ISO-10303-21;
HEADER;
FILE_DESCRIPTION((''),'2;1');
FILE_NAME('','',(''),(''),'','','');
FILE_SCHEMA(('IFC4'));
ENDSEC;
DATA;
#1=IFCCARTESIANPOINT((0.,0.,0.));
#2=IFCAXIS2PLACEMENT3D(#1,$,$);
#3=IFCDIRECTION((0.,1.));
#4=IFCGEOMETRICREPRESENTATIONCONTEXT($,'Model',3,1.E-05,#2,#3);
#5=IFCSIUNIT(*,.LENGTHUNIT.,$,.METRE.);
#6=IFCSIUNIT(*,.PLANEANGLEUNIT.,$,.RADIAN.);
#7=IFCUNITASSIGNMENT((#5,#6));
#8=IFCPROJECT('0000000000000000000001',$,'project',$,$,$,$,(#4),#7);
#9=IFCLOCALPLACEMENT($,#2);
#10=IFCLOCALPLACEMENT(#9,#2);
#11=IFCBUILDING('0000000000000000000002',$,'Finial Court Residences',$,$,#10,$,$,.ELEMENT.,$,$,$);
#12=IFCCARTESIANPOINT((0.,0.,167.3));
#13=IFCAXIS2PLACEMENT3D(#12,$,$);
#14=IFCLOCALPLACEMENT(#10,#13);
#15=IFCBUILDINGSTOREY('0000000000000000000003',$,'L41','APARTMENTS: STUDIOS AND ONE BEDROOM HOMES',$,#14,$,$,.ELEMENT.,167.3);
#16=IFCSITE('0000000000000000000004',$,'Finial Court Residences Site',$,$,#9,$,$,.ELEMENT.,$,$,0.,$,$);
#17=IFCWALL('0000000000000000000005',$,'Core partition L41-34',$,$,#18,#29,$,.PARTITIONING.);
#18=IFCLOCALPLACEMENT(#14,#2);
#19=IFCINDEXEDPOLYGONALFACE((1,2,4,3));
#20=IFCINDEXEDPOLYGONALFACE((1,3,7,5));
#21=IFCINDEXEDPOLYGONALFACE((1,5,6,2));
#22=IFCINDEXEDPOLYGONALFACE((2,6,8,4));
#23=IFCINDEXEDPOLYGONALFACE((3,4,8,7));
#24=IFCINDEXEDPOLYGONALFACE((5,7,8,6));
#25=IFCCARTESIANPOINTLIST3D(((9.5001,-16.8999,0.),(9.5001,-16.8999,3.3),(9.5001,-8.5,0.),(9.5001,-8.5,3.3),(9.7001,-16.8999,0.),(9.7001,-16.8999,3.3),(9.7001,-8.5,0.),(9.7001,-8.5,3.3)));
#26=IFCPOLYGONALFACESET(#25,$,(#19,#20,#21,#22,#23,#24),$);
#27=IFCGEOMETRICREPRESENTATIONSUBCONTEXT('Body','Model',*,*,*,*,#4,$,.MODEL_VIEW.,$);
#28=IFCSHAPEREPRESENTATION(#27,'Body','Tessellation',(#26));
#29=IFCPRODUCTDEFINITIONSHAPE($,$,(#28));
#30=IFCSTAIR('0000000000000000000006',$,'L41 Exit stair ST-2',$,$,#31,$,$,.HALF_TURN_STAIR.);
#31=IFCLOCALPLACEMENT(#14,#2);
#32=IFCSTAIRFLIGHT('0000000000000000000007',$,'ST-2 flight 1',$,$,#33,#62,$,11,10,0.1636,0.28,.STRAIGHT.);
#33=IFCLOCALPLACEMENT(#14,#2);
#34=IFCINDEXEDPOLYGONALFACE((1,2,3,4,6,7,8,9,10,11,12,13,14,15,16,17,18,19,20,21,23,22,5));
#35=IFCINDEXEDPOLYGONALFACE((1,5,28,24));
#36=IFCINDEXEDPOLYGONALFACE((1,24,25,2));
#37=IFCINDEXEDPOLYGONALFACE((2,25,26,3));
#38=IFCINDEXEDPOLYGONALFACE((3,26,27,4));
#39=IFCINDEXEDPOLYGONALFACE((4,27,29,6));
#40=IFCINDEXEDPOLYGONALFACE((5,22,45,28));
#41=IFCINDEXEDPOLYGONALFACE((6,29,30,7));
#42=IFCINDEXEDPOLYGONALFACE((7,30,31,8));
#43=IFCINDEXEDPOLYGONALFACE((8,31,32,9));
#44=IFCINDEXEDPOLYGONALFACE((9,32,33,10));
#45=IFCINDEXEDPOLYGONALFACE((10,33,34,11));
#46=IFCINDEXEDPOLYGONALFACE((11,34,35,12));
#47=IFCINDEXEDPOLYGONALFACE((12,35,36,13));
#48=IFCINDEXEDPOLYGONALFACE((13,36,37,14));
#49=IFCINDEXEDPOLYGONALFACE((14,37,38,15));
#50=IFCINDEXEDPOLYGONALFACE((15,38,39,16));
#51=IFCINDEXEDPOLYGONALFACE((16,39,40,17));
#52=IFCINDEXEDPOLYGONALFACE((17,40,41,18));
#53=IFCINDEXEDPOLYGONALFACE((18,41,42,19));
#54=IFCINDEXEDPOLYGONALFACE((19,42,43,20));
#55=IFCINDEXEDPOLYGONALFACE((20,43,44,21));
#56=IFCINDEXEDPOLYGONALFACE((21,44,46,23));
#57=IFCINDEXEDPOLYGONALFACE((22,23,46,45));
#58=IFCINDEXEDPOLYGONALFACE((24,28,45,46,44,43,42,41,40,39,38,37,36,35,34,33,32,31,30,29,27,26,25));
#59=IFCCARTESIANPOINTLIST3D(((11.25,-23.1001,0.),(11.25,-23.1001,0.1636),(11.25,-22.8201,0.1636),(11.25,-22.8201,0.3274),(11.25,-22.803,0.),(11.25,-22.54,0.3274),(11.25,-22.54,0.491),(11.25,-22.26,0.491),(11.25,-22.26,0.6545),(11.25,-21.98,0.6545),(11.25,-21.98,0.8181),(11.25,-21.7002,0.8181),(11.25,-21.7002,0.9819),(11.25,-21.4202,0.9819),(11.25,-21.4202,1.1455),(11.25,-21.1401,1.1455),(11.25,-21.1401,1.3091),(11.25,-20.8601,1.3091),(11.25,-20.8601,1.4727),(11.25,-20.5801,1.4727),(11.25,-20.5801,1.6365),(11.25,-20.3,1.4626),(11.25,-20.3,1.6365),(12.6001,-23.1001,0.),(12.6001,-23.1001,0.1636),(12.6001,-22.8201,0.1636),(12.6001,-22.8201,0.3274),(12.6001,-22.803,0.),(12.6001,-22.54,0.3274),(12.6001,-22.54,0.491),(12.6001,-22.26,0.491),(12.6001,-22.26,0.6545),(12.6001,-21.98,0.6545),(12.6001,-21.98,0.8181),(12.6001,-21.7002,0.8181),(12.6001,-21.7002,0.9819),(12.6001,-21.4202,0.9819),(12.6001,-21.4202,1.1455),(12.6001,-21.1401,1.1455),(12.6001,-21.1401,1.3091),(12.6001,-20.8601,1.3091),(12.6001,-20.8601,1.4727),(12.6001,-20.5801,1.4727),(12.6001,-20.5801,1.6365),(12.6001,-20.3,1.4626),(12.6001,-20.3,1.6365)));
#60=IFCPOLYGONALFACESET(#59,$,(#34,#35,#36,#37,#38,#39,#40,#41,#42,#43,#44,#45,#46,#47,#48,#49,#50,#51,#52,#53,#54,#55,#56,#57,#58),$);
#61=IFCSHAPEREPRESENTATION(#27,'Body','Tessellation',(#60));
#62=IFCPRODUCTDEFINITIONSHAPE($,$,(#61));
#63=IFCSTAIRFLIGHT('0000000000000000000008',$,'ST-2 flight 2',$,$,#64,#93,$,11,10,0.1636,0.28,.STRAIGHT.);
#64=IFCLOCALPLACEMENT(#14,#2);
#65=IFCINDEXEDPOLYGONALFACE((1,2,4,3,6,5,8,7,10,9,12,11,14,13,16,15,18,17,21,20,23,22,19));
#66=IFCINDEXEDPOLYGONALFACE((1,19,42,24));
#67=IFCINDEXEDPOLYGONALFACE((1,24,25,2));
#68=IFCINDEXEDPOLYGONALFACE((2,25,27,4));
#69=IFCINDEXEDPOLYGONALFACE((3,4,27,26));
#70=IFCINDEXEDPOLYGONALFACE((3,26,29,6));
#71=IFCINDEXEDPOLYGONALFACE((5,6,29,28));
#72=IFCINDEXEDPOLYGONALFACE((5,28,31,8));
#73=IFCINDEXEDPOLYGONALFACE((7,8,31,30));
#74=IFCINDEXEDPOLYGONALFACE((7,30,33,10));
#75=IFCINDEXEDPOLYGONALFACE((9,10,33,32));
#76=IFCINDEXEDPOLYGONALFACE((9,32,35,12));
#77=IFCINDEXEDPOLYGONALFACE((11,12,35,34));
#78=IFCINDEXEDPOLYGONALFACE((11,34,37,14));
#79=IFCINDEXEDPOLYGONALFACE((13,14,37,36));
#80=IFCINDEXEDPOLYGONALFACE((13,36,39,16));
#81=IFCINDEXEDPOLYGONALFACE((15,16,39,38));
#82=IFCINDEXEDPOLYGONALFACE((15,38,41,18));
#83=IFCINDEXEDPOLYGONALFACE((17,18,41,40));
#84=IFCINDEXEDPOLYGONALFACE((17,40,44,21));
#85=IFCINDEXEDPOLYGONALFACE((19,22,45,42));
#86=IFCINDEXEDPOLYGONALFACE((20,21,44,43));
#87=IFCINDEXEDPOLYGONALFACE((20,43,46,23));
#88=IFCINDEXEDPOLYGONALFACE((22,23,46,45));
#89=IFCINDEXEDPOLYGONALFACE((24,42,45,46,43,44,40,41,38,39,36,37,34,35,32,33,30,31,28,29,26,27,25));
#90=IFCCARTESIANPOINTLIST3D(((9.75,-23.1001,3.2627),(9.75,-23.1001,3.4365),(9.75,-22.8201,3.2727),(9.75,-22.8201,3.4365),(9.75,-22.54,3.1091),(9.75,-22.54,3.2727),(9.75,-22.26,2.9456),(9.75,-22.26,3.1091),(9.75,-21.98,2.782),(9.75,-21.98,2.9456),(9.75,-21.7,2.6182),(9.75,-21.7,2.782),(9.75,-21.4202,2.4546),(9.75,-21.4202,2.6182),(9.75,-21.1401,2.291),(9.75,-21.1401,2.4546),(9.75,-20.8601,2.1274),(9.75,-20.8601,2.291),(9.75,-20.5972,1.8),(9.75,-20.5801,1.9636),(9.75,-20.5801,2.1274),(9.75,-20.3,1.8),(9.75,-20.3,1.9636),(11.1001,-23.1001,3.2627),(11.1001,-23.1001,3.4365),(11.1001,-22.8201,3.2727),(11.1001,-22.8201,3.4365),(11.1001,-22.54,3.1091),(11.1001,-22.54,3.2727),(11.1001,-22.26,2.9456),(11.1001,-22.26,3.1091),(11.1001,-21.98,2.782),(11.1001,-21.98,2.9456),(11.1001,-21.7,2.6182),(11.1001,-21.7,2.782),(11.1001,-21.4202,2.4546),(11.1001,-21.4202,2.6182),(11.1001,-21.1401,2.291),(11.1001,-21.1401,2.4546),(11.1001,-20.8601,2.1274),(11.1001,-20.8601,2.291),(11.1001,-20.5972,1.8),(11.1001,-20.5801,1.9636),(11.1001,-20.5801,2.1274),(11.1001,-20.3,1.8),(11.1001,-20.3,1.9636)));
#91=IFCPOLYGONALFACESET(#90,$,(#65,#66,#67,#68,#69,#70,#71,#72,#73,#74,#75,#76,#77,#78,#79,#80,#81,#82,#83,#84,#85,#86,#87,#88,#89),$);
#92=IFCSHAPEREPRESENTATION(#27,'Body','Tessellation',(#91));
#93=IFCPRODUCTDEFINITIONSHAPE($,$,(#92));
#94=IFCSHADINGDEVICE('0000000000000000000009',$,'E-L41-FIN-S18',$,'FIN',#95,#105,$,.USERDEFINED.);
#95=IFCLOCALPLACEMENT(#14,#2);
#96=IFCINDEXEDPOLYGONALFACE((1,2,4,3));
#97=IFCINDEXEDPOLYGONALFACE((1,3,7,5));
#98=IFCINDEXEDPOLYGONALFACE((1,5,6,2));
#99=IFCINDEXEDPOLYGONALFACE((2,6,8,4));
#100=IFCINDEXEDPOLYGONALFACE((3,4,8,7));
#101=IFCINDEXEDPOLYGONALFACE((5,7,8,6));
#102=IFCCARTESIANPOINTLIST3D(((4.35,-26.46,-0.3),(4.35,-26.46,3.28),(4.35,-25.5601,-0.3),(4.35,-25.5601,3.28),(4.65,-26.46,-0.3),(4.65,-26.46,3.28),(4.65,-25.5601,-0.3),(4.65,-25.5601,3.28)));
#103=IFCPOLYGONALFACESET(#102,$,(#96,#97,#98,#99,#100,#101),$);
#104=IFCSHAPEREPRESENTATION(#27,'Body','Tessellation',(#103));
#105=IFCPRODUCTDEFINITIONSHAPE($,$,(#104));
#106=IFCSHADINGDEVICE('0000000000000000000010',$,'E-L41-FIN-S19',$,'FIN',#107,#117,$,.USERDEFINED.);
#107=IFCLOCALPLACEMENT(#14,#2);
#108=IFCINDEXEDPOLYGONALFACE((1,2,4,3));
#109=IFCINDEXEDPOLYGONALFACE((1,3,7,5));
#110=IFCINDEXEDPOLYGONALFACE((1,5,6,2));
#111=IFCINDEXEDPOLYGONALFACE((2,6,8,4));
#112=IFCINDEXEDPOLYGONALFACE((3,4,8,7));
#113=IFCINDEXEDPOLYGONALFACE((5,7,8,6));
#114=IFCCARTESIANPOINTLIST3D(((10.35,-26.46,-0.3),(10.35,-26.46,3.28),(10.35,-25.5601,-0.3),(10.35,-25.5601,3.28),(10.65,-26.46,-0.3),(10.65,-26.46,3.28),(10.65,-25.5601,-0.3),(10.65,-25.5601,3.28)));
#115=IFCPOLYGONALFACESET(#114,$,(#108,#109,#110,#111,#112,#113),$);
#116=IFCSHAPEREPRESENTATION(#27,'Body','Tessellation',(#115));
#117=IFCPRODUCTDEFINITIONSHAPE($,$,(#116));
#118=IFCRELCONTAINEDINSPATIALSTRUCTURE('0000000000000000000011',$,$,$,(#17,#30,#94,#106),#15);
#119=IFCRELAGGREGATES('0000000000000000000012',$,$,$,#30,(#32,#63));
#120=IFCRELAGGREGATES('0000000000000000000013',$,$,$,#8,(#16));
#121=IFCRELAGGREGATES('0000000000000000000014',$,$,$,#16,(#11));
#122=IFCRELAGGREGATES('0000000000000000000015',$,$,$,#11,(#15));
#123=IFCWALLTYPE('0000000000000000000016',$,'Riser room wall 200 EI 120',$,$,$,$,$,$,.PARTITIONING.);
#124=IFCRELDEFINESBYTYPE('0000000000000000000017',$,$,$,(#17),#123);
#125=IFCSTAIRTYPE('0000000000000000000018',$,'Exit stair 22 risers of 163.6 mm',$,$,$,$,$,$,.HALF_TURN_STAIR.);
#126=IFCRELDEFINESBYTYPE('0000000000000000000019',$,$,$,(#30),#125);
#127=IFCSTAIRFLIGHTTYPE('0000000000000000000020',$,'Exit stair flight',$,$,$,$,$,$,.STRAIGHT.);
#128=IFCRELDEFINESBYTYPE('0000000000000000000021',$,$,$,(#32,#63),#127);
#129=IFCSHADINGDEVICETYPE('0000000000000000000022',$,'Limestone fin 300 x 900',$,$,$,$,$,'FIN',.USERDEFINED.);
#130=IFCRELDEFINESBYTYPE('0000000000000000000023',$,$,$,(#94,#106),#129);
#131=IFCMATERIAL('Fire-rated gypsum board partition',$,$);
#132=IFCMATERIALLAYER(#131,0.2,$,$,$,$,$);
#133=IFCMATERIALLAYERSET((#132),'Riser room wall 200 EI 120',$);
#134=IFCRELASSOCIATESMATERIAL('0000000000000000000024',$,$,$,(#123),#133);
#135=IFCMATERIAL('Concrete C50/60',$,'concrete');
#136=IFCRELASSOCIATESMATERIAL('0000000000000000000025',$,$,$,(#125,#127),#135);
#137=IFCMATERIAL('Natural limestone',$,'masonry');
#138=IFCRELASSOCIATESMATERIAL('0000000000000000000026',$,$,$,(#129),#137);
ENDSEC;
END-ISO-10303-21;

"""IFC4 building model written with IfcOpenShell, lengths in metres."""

from ifc_helpers import new_model, si_unit, direction, frame, frame_2d, origin, origin_2d, place, context, subcontext, project, spatial, polyline, rectangle, outline, extrude, material, layer, layer_set, type_object, element, aggregate, save


model = new_model("IFC4")

# Units and contexts
model_context = context("Model", 3, precision=1e-05, world=origin(), true_north=direction((0.0, 1.0)))
body_context = subcontext(model_context, "Body", "Model", "MODEL_VIEW")
ifc_project = project(units=[si_unit("LENGTHUNIT", "METRE"), si_unit("PLANEANGLEUNIT", "RADIAN")], contexts=[model_context])

# Site, building, storey
site_placement = place(None, origin())
site = spatial("IfcSite", under=ifc_project, at=site_placement, Name="Finial Court Residences Site", CompositionType="ELEMENT", RefElevation=0.0)
building_placement = place(site_placement, origin())
building = spatial("IfcBuilding", under=site, at=building_placement, Name="Finial Court Residences", CompositionType="ELEMENT")
storey_placement = place(building_placement, frame((0.0, 0.0, 167.3)))
storey = spatial("IfcBuildingStorey", under=building, at=storey_placement, Name="L41", Description="APARTMENTS: STUDIOS AND ONE BEDROOM HOMES", CompositionType="ELEMENT", Elevation=167.3)

# Shared definitions
ifc_material_1 = material(Name="Fire-rated gypsum board partition")

# Wall
ifc_layer_1 = layer(ifc_material_1, 0.2)
ifc_layer_set_1 = layer_set([ifc_layer_1], Name="Riser room wall 200 EI 120")
wall_type_1 = type_object("IfcWallType", Name="Riser room wall 200 EI 120", PredefinedType="PARTITIONING", material=ifc_layer_set_1)
wall_1_placement = place(storey_placement, frame((9.6001, -16.8999, 0.0), z_axis=(0.0, 0.0, 1.0), x_axis=(0.0, 1.0, 0.0)))
element("IfcWall", 1, at=wall_1_placement, inside=storey, type_object=wall_type_1, Name="Core partition L41-34", PredefinedType="PARTITIONING", context=body_context, shape_type="SweptSolid", body=[
    extrude(rectangle(XDim=8.3999, YDim=0.2, at=frame_2d((4.2, 0.0))), origin(), (0.0, 0.0, 1.0), 3.3),
])

# Stair, stair flights
ifc_material_2 = material(Name="Concrete C50/60", Category="concrete")
stair_type = type_object("IfcStairType", Name="Exit stair 22 risers of 163.6 mm", PredefinedType="HALF_TURN_STAIR", material=ifc_material_2)
stair_placement = place(storey_placement, origin())
stair = element("IfcStair", 2, at=stair_placement, inside=storey, type_object=stair_type, Name="L41 Exit stair ST-2", PredefinedType="HALF_TURN_STAIR")
stair_flight_type = type_object("IfcStairFlightType", Name="Exit stair flight", PredefinedType="STRAIGHT", material=ifc_material_2)
stair_flight_1_placement = place(storey_placement, frame((11.925, -23.1001, 0.0), z_axis=(0.0, 0.0, 1.0), x_axis=(0.0, 1.0, 0.0)))
stair_flight_1 = element("IfcStairFlight", 3, at=stair_flight_1_placement, type_object=stair_flight_type, Name="ST-2 flight 1", NumberOfRisers=11, NumberOfTreads=10, PredefinedType="STRAIGHT", RiserHeight=0.1636, TreadLength=0.28, context=body_context, shape_type="SweptSolid", body=[
    extrude(outline(polyline([(0.0, 0.0), (0.0, 0.1636), (0.28, 0.1636), (0.28, 0.3274), (0.5601, 0.3274), (0.5601, 0.491), (0.8401, 0.491), (0.8401, 0.6545), (1.1201, 0.6545), (1.1201, 0.8181), (1.3999, 0.8181), (1.3999, 0.9819), (1.6799, 0.9819), (1.6799, 1.1455), (1.96, 1.1455), (1.96, 1.3091), (2.24, 1.3091), (2.24, 1.4727), (2.52, 1.4727), (2.52, 1.6365), (2.8, 1.6365), (2.8, 1.8), (2.8, 1.4626), (0.2971, 0.0), (0.0, 0.0)])), frame((0.0, 0.675, 0.0), z_axis=(0.0, -1.0, 0.0), x_axis=(1.0, 0.0, 0.0)), (0.0, 0.0, 1.0), 1.3501),
])
stair_flight_2_placement = place(storey_placement, frame((10.425, -20.3, 1.8), z_axis=(0.0, 0.0, 1.0), x_axis=(0.0, -1.0, 0.0)))
stair_flight_2 = element("IfcStairFlight", 4, at=stair_flight_2_placement, type_object=stair_flight_type, Name="ST-2 flight 2", NumberOfRisers=11, NumberOfTreads=10, PredefinedType="STRAIGHT", RiserHeight=0.1636, TreadLength=0.28, context=body_context, shape_type="SweptSolid", body=[
    extrude(outline(polyline([(0.0, 0.0), (0.0, 0.1636), (0.28, 0.1636), (0.28, 0.3274), (0.5601, 0.3274), (0.5601, 0.491), (0.8401, 0.491), (0.8401, 0.6545), (1.1201, 0.6545), (1.1201, 0.8181), (1.3999, 0.8181), (1.3999, 0.9819), (1.6799, 0.9819), (1.6799, 1.1455), (1.96, 1.1455), (1.96, 1.3091), (2.24, 1.3091), (2.24, 1.4727), (2.52, 1.4727), (2.52, 1.6365), (2.8, 1.6365), (2.8, 1.8), (2.8, 1.4626), (0.2971, 0.0), (0.0, 0.0)])), frame((0.0, 0.675, 0.0), z_axis=(0.0, -1.0, 0.0), x_axis=(1.0, 0.0, 0.0)), (0.0, 0.0, 1.0), 1.3501),
])
aggregate(stair, [stair_flight_1, stair_flight_2])

# Shading devices
ifc_material_3 = material(Name="Natural limestone", Category="masonry")
shading_device_type = type_object("IfcShadingDeviceType", Name="Limestone fin 300 x 900", ElementType="FIN", PredefinedType="USERDEFINED", material=ifc_material_3)
for number, where, z_axis, x_axis, name in (
    (5, (4.5, -26.01, -0.3), (0.0, 0.0, 1.0), (1.0, 0.0, 0.0), "E-L41-FIN-S18"),
    (6, (10.5, -26.01, -0.3), (0.0, 0.0, 1.0), (1.0, 0.0, 0.0), "E-L41-FIN-S19"),
):
    element("IfcShadingDevice", number, at=place(storey_placement, frame(where, z_axis=z_axis, x_axis=x_axis)), inside=storey, type_object=shading_device_type, Name=name, ObjectType="FIN", PredefinedType="USERDEFINED", context=body_context, shape_type="SweptSolid", body=[
        extrude(rectangle(XDim=0.3, YDim=0.8999, at=origin_2d()), origin(), (0.0, 0.0, 1.0), 3.5801),
    ])

save(model, "model.ifc")
